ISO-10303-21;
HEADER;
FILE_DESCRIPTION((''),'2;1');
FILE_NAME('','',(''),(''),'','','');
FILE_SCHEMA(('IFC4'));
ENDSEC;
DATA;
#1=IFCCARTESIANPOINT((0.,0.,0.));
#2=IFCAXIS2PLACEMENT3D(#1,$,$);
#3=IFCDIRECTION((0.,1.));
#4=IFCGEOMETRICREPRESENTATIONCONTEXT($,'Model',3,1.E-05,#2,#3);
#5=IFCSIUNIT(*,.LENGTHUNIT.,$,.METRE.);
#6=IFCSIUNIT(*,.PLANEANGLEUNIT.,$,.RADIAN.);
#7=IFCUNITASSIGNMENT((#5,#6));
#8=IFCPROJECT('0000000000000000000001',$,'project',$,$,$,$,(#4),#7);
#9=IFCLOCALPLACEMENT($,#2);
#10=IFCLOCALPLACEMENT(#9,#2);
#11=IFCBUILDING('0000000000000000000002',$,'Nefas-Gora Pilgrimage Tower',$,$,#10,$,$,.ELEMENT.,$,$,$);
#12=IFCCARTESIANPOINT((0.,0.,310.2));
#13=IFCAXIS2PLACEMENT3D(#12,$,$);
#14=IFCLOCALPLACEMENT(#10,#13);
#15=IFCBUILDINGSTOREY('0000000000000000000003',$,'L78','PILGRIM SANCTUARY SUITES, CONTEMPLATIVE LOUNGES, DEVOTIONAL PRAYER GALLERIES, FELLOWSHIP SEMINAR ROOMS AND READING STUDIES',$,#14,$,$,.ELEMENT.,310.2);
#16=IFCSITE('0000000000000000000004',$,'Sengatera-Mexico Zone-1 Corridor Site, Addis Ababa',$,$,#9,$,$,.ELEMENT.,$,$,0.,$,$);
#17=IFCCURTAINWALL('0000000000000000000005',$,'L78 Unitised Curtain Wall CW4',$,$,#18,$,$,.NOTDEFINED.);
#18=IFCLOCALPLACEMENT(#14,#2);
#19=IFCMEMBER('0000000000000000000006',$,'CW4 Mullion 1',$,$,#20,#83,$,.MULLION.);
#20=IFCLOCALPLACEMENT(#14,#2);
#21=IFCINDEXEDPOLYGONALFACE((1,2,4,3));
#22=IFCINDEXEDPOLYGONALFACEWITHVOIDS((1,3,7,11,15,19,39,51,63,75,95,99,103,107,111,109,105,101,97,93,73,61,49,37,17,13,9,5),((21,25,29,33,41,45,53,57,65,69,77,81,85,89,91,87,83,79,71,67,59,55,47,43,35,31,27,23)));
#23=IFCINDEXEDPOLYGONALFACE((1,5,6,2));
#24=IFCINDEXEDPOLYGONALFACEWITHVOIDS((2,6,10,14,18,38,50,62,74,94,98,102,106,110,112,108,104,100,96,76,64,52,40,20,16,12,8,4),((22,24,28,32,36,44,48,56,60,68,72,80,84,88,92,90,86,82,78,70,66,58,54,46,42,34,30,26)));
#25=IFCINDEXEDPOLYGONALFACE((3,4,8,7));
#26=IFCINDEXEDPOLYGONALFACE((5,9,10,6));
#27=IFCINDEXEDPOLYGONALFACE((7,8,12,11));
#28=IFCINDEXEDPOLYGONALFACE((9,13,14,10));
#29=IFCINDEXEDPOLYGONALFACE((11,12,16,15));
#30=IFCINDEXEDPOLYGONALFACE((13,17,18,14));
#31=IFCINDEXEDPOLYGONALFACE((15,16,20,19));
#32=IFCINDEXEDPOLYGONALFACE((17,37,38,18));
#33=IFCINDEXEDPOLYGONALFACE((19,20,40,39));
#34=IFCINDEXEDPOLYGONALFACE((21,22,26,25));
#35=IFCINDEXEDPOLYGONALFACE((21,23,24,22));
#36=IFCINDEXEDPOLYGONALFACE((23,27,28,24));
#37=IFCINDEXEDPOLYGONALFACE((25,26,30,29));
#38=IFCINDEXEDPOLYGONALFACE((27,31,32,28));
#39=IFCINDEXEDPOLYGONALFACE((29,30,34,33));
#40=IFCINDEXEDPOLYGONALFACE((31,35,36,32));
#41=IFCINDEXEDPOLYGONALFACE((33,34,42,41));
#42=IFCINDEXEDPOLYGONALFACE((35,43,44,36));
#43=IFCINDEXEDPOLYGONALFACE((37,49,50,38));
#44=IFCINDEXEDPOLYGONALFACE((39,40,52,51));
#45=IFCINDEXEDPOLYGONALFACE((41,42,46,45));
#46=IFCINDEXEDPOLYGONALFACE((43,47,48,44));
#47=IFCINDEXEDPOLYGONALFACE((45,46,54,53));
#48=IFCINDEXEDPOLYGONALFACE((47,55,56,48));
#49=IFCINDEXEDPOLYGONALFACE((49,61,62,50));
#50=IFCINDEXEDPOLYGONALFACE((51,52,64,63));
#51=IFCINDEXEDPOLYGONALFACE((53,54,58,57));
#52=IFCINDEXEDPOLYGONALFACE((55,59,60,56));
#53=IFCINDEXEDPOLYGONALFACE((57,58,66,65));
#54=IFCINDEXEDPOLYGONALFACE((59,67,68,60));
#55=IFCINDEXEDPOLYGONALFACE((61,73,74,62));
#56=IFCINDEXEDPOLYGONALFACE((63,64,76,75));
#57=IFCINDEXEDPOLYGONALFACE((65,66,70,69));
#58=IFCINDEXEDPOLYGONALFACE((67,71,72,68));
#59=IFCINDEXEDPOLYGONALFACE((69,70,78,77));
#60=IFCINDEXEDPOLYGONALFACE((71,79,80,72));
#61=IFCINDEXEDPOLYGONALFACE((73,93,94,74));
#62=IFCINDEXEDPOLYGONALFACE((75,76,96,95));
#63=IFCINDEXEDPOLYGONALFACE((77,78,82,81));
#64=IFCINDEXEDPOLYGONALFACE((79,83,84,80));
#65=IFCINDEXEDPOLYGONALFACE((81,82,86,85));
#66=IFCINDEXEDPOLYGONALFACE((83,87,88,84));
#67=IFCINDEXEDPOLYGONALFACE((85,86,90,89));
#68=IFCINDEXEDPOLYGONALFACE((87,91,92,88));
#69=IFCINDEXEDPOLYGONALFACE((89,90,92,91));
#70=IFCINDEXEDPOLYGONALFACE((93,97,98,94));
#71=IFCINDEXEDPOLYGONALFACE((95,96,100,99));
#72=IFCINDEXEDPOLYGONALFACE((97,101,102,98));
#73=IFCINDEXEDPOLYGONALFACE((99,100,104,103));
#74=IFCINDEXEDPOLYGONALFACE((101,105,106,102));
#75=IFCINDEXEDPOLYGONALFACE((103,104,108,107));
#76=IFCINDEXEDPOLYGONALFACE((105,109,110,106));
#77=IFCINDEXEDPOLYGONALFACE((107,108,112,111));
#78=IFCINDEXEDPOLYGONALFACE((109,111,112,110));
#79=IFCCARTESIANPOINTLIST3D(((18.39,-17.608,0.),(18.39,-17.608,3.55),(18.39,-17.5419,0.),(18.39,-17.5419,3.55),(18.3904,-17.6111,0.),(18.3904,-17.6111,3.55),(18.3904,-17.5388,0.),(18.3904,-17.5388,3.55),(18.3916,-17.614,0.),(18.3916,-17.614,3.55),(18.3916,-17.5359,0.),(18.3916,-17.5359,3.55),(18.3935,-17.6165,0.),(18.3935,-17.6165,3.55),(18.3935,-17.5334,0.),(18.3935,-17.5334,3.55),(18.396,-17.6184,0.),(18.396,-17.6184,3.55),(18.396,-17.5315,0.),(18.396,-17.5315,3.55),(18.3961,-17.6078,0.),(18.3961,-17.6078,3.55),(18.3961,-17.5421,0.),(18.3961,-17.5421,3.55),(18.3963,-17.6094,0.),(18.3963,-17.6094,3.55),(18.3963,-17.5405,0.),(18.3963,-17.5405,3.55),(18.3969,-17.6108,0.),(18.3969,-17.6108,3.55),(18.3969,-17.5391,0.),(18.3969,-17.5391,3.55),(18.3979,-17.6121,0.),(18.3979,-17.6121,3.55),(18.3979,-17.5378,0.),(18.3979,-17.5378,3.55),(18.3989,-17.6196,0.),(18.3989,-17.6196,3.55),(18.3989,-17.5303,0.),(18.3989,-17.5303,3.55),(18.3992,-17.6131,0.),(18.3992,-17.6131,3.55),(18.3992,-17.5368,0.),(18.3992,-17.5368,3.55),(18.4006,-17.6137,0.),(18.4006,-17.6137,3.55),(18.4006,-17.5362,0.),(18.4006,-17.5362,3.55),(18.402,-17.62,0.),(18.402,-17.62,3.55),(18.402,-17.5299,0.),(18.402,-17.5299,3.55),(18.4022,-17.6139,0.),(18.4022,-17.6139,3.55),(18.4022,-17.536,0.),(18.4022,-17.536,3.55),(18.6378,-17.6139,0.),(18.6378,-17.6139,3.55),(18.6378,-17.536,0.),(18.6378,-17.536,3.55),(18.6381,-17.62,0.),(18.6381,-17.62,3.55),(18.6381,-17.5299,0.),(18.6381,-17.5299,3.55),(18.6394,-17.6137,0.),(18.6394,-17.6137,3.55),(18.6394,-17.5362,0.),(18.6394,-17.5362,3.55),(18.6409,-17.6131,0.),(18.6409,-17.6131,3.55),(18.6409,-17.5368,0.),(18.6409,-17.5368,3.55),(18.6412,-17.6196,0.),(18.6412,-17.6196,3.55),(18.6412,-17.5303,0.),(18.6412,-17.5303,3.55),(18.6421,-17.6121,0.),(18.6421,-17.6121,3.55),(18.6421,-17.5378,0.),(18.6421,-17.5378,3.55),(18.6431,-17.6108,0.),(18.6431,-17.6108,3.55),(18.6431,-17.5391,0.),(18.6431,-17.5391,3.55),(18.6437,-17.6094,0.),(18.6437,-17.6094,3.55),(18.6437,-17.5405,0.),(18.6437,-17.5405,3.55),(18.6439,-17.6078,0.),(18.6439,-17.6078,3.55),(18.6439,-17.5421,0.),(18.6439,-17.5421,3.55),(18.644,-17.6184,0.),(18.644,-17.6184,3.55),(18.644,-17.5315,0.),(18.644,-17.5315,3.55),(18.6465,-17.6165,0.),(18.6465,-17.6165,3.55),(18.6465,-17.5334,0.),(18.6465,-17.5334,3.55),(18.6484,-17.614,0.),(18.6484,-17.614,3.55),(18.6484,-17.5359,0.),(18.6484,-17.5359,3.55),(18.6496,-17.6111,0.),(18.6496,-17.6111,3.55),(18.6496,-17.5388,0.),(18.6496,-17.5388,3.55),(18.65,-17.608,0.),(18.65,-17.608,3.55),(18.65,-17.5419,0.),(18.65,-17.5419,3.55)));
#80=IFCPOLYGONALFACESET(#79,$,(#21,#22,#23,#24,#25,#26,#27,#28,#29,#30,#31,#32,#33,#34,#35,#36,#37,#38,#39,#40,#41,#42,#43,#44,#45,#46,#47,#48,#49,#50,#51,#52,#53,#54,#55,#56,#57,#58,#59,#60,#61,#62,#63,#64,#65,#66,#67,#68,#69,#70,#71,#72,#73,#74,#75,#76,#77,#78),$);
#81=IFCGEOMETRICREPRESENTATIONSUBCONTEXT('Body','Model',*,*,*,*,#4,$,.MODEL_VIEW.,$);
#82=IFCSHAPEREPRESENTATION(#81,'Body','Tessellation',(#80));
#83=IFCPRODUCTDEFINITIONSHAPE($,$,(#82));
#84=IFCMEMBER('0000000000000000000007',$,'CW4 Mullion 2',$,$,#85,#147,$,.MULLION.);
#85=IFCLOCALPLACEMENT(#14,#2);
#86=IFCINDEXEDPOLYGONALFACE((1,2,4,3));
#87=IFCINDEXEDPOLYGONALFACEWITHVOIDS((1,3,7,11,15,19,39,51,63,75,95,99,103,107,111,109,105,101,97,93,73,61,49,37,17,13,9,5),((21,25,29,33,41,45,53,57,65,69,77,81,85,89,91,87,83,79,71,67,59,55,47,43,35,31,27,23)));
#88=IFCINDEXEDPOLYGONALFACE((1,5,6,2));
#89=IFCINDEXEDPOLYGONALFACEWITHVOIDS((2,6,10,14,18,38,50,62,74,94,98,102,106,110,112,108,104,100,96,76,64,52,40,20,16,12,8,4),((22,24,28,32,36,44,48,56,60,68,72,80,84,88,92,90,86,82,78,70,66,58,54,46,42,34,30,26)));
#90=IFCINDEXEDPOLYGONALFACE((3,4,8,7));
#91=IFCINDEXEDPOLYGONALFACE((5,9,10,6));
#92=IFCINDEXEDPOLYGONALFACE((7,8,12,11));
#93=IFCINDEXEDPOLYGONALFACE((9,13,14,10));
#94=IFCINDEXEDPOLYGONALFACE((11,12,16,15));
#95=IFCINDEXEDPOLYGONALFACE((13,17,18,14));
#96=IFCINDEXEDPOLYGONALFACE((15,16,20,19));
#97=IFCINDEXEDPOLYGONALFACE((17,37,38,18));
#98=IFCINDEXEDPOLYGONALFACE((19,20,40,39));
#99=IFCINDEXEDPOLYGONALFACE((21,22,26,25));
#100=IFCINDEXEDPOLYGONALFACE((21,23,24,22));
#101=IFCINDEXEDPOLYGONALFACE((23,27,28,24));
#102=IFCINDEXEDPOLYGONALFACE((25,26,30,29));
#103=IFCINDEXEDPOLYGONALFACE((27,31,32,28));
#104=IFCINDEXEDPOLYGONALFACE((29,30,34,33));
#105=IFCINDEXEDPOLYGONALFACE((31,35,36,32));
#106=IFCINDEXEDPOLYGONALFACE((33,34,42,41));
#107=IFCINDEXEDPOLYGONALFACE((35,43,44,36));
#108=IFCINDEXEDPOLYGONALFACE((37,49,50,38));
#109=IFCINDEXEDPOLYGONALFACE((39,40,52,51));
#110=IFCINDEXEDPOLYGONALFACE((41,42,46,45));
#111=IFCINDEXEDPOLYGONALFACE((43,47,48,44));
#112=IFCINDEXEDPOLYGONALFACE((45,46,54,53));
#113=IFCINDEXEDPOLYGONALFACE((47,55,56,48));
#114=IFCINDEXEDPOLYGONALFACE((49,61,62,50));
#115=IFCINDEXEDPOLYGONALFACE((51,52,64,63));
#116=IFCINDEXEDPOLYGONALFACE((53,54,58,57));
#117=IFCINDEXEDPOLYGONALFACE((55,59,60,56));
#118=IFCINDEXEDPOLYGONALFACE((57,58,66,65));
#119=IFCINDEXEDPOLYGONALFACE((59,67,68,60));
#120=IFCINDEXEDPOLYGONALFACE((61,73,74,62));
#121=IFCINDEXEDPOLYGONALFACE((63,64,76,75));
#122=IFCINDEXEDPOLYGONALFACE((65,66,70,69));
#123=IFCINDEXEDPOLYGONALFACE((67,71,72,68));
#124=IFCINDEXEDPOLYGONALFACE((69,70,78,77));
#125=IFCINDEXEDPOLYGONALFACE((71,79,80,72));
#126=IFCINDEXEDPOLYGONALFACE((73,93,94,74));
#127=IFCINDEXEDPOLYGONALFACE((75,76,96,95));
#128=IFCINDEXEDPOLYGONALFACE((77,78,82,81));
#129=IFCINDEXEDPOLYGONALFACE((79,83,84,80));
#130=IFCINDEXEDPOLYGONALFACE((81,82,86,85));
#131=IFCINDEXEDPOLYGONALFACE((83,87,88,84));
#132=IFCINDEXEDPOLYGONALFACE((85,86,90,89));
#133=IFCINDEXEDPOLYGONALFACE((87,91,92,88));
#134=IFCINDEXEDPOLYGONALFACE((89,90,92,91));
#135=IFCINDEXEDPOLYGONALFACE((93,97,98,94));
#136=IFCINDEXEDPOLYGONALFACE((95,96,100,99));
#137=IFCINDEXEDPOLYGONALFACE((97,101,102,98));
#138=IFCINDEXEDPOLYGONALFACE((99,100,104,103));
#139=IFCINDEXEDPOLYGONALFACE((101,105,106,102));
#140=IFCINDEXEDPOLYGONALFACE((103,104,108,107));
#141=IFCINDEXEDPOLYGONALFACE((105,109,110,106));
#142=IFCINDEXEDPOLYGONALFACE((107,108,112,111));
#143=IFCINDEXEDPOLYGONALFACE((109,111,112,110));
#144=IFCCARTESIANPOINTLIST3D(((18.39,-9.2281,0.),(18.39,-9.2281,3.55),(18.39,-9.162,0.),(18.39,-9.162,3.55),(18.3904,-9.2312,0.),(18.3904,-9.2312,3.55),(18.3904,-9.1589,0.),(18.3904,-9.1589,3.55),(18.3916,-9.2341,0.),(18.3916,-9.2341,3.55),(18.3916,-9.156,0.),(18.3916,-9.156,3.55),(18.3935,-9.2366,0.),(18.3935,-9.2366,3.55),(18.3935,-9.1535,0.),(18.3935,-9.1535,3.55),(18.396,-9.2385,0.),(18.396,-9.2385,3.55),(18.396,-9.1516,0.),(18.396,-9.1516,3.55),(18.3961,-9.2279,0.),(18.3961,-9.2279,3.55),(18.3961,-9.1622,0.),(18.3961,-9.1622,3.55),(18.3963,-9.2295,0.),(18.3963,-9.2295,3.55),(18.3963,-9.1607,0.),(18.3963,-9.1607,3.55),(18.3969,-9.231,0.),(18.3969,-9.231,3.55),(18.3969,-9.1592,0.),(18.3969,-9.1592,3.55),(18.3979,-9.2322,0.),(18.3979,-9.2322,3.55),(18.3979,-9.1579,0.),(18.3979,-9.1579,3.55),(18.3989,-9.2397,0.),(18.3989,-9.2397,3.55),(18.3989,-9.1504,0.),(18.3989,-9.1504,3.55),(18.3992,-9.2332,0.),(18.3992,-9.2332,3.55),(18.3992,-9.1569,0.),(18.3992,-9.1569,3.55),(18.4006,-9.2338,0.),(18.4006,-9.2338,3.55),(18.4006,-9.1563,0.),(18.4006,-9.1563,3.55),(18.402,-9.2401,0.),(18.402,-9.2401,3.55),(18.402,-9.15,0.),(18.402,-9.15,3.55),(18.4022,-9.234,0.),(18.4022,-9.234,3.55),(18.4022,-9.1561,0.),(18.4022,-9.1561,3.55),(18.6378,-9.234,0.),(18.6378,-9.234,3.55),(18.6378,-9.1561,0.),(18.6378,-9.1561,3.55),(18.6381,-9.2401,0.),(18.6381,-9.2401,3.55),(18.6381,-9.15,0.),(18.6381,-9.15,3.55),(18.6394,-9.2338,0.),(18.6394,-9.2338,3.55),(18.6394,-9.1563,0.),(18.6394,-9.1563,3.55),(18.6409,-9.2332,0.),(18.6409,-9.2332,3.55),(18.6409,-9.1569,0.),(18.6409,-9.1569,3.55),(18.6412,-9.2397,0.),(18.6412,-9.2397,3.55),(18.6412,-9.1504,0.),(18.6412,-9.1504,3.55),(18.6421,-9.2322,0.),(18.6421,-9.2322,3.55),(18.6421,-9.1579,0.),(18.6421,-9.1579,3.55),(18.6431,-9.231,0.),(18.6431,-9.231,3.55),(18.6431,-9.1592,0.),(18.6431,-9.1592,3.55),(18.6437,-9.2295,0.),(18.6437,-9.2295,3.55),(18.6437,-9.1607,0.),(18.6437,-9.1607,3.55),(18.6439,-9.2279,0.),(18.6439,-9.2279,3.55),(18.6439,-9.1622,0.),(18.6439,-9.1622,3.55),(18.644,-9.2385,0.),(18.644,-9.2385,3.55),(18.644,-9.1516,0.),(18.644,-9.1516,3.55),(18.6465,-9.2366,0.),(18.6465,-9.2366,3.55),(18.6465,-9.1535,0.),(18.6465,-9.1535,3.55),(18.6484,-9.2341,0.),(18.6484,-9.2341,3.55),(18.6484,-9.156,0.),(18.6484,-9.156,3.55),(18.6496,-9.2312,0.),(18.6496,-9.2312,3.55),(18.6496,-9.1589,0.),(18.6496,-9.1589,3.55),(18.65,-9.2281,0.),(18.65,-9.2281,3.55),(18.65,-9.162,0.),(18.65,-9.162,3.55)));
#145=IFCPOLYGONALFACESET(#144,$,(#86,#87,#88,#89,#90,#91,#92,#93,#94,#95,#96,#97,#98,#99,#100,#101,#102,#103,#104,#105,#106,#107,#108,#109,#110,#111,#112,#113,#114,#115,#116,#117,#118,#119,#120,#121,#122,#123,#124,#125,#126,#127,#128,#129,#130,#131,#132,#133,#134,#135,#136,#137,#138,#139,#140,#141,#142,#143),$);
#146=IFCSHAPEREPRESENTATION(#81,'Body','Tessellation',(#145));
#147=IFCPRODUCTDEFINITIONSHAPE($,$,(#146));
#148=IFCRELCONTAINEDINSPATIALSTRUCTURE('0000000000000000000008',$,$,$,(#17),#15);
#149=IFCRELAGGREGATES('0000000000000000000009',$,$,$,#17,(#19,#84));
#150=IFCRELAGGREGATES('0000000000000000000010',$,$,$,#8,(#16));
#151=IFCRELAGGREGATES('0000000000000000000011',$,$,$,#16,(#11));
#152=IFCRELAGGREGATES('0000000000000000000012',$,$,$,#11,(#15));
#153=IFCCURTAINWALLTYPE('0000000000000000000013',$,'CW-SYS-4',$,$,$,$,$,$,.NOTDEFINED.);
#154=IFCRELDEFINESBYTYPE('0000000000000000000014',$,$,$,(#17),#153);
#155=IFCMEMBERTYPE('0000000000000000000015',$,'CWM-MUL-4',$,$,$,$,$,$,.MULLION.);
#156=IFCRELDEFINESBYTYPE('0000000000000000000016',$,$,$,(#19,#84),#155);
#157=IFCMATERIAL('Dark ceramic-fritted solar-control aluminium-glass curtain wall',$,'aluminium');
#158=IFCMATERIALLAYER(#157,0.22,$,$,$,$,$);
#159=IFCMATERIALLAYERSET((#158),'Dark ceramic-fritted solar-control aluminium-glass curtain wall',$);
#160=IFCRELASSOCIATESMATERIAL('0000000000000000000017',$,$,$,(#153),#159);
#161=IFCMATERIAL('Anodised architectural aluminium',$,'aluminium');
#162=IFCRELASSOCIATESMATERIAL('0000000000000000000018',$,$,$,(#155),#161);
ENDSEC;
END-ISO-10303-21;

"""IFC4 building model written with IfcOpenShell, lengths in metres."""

from ifc_helpers import new_model, si_unit, direction, frame, origin, origin_2d, place, context, subcontext, project, spatial, hollow_rectangle, extrude, source, transform, mapped, material, layer, layer_set, material_profile, profile_set, type_object, element, aggregate, save


model = new_model("IFC4")

# Units and contexts
model_context = context("Model", 3, precision=1e-05, world=origin(), true_north=direction((0.0, 1.0)))
body_context = subcontext(model_context, "Body", "Model", "MODEL_VIEW")
ifc_project = project(units=[si_unit("LENGTHUNIT", "METRE"), si_unit("PLANEANGLEUNIT", "RADIAN")], contexts=[model_context])

# Site, building, storey
site_placement = place(None, origin())
site = spatial("IfcSite", under=ifc_project, at=site_placement, Name="Sengatera-Mexico Zone-1 Corridor Site, Addis Ababa", CompositionType="ELEMENT", RefElevation=0.0)
building_placement = place(site_placement, origin())
building = spatial("IfcBuilding", under=site, at=building_placement, Name="Nefas-Gora Pilgrimage Tower", CompositionType="ELEMENT")
storey_placement = place(building_placement, frame((0.0, 0.0, 310.2)))
storey = spatial("IfcBuildingStorey", under=building, at=storey_placement, Name="L78", Description="PILGRIM SANCTUARY SUITES, CONTEMPLATIVE LOUNGES, DEVOTIONAL PRAYER GALLERIES, FELLOWSHIP SEMINAR ROOMS AND READING STUDIES", CompositionType="ELEMENT", Elevation=310.2)

# Curtain wall, members
ifc_material_1 = material(Name="Dark ceramic-fritted solar-control aluminium-glass curtain wall", Category="aluminium")
ifc_layer_1 = layer(ifc_material_1, 0.22)
ifc_layer_set_1 = layer_set([ifc_layer_1], Name="Dark ceramic-fritted solar-control aluminium-glass curtain wall")
curtain_wall_type = type_object("IfcCurtainWallType", Name="CW-SYS-4", PredefinedType="NOTDEFINED", material=ifc_layer_set_1)
curtain_wall_1_placement = place(storey_placement, origin())
curtain_wall_1 = element("IfcCurtainWall", 1, at=curtain_wall_1_placement, inside=storey, type_object=curtain_wall_type, Name="L78 Unitised Curtain Wall CW4", PredefinedType="NOTDEFINED")
ifc_material_2 = material(Name="Anodised architectural aluminium", Category="aluminium")
ifc_material_profile_1 = material_profile(ifc_material_2, hollow_rectangle(XDim=0.0901, YDim=0.26, WallThickness=0.0061, InnerFilletRadius=0.0061, OuterFilletRadius=0.012, at=origin_2d()), Name="ALU MULLION 90x260")
ifc_profile_set_1 = profile_set([ifc_material_profile_1], Name="Anodised architectural aluminium")
member_type_1 = type_object("IfcMemberType", Name="CWM-MUL-4", PredefinedType="MULLION", material=ifc_profile_set_1)
shared_shape_1 = source(origin(), body_context, "Body", "SweptSolid", [
    extrude(hollow_rectangle(XDim=0.0901, YDim=0.26, WallThickness=0.0061, InnerFilletRadius=0.0061, OuterFilletRadius=0.012, at=origin_2d()), origin(), (0.0, 0.0, 1.0), 3.55),
])
member_1_placement = place(storey_placement, frame((18.52, -17.575, 0.0), z_axis=(0.0, 0.0, 1.0), x_axis=(0.0, 1.0, 0.0)))
member_1 = element("IfcMember", 2, at=member_1_placement, type_object=member_type_1, Name="CW4 Mullion 1", PredefinedType="MULLION", context=body_context, shape_type="MappedRepresentation", body=[
    mapped(shared_shape_1, transform((0.0, 0.0, 0.0), x_axis=(1.0, 0.0, 0.0), y_axis=(0.0, 1.0, 0.0), z_axis=(0.0, 0.0, 1.0), scale=1.0)),
])
member_2_placement = place(storey_placement, frame((18.52, -9.1951, 0.0), z_axis=(0.0, 0.0, 1.0), x_axis=(0.0, 1.0, 0.0)))
member_2 = element("IfcMember", 3, at=member_2_placement, type_object=member_type_1, Name="CW4 Mullion 2", PredefinedType="MULLION", context=body_context, shape_type="MappedRepresentation", body=[
    mapped(shared_shape_1, transform((0.0, 0.0, 0.0), x_axis=(1.0, 0.0, 0.0), y_axis=(0.0, 1.0, 0.0), z_axis=(0.0, 0.0, 1.0), scale=1.0)),
])

aggregate(curtain_wall_1, [member_1, member_2])

save(model, "model.ifc")
